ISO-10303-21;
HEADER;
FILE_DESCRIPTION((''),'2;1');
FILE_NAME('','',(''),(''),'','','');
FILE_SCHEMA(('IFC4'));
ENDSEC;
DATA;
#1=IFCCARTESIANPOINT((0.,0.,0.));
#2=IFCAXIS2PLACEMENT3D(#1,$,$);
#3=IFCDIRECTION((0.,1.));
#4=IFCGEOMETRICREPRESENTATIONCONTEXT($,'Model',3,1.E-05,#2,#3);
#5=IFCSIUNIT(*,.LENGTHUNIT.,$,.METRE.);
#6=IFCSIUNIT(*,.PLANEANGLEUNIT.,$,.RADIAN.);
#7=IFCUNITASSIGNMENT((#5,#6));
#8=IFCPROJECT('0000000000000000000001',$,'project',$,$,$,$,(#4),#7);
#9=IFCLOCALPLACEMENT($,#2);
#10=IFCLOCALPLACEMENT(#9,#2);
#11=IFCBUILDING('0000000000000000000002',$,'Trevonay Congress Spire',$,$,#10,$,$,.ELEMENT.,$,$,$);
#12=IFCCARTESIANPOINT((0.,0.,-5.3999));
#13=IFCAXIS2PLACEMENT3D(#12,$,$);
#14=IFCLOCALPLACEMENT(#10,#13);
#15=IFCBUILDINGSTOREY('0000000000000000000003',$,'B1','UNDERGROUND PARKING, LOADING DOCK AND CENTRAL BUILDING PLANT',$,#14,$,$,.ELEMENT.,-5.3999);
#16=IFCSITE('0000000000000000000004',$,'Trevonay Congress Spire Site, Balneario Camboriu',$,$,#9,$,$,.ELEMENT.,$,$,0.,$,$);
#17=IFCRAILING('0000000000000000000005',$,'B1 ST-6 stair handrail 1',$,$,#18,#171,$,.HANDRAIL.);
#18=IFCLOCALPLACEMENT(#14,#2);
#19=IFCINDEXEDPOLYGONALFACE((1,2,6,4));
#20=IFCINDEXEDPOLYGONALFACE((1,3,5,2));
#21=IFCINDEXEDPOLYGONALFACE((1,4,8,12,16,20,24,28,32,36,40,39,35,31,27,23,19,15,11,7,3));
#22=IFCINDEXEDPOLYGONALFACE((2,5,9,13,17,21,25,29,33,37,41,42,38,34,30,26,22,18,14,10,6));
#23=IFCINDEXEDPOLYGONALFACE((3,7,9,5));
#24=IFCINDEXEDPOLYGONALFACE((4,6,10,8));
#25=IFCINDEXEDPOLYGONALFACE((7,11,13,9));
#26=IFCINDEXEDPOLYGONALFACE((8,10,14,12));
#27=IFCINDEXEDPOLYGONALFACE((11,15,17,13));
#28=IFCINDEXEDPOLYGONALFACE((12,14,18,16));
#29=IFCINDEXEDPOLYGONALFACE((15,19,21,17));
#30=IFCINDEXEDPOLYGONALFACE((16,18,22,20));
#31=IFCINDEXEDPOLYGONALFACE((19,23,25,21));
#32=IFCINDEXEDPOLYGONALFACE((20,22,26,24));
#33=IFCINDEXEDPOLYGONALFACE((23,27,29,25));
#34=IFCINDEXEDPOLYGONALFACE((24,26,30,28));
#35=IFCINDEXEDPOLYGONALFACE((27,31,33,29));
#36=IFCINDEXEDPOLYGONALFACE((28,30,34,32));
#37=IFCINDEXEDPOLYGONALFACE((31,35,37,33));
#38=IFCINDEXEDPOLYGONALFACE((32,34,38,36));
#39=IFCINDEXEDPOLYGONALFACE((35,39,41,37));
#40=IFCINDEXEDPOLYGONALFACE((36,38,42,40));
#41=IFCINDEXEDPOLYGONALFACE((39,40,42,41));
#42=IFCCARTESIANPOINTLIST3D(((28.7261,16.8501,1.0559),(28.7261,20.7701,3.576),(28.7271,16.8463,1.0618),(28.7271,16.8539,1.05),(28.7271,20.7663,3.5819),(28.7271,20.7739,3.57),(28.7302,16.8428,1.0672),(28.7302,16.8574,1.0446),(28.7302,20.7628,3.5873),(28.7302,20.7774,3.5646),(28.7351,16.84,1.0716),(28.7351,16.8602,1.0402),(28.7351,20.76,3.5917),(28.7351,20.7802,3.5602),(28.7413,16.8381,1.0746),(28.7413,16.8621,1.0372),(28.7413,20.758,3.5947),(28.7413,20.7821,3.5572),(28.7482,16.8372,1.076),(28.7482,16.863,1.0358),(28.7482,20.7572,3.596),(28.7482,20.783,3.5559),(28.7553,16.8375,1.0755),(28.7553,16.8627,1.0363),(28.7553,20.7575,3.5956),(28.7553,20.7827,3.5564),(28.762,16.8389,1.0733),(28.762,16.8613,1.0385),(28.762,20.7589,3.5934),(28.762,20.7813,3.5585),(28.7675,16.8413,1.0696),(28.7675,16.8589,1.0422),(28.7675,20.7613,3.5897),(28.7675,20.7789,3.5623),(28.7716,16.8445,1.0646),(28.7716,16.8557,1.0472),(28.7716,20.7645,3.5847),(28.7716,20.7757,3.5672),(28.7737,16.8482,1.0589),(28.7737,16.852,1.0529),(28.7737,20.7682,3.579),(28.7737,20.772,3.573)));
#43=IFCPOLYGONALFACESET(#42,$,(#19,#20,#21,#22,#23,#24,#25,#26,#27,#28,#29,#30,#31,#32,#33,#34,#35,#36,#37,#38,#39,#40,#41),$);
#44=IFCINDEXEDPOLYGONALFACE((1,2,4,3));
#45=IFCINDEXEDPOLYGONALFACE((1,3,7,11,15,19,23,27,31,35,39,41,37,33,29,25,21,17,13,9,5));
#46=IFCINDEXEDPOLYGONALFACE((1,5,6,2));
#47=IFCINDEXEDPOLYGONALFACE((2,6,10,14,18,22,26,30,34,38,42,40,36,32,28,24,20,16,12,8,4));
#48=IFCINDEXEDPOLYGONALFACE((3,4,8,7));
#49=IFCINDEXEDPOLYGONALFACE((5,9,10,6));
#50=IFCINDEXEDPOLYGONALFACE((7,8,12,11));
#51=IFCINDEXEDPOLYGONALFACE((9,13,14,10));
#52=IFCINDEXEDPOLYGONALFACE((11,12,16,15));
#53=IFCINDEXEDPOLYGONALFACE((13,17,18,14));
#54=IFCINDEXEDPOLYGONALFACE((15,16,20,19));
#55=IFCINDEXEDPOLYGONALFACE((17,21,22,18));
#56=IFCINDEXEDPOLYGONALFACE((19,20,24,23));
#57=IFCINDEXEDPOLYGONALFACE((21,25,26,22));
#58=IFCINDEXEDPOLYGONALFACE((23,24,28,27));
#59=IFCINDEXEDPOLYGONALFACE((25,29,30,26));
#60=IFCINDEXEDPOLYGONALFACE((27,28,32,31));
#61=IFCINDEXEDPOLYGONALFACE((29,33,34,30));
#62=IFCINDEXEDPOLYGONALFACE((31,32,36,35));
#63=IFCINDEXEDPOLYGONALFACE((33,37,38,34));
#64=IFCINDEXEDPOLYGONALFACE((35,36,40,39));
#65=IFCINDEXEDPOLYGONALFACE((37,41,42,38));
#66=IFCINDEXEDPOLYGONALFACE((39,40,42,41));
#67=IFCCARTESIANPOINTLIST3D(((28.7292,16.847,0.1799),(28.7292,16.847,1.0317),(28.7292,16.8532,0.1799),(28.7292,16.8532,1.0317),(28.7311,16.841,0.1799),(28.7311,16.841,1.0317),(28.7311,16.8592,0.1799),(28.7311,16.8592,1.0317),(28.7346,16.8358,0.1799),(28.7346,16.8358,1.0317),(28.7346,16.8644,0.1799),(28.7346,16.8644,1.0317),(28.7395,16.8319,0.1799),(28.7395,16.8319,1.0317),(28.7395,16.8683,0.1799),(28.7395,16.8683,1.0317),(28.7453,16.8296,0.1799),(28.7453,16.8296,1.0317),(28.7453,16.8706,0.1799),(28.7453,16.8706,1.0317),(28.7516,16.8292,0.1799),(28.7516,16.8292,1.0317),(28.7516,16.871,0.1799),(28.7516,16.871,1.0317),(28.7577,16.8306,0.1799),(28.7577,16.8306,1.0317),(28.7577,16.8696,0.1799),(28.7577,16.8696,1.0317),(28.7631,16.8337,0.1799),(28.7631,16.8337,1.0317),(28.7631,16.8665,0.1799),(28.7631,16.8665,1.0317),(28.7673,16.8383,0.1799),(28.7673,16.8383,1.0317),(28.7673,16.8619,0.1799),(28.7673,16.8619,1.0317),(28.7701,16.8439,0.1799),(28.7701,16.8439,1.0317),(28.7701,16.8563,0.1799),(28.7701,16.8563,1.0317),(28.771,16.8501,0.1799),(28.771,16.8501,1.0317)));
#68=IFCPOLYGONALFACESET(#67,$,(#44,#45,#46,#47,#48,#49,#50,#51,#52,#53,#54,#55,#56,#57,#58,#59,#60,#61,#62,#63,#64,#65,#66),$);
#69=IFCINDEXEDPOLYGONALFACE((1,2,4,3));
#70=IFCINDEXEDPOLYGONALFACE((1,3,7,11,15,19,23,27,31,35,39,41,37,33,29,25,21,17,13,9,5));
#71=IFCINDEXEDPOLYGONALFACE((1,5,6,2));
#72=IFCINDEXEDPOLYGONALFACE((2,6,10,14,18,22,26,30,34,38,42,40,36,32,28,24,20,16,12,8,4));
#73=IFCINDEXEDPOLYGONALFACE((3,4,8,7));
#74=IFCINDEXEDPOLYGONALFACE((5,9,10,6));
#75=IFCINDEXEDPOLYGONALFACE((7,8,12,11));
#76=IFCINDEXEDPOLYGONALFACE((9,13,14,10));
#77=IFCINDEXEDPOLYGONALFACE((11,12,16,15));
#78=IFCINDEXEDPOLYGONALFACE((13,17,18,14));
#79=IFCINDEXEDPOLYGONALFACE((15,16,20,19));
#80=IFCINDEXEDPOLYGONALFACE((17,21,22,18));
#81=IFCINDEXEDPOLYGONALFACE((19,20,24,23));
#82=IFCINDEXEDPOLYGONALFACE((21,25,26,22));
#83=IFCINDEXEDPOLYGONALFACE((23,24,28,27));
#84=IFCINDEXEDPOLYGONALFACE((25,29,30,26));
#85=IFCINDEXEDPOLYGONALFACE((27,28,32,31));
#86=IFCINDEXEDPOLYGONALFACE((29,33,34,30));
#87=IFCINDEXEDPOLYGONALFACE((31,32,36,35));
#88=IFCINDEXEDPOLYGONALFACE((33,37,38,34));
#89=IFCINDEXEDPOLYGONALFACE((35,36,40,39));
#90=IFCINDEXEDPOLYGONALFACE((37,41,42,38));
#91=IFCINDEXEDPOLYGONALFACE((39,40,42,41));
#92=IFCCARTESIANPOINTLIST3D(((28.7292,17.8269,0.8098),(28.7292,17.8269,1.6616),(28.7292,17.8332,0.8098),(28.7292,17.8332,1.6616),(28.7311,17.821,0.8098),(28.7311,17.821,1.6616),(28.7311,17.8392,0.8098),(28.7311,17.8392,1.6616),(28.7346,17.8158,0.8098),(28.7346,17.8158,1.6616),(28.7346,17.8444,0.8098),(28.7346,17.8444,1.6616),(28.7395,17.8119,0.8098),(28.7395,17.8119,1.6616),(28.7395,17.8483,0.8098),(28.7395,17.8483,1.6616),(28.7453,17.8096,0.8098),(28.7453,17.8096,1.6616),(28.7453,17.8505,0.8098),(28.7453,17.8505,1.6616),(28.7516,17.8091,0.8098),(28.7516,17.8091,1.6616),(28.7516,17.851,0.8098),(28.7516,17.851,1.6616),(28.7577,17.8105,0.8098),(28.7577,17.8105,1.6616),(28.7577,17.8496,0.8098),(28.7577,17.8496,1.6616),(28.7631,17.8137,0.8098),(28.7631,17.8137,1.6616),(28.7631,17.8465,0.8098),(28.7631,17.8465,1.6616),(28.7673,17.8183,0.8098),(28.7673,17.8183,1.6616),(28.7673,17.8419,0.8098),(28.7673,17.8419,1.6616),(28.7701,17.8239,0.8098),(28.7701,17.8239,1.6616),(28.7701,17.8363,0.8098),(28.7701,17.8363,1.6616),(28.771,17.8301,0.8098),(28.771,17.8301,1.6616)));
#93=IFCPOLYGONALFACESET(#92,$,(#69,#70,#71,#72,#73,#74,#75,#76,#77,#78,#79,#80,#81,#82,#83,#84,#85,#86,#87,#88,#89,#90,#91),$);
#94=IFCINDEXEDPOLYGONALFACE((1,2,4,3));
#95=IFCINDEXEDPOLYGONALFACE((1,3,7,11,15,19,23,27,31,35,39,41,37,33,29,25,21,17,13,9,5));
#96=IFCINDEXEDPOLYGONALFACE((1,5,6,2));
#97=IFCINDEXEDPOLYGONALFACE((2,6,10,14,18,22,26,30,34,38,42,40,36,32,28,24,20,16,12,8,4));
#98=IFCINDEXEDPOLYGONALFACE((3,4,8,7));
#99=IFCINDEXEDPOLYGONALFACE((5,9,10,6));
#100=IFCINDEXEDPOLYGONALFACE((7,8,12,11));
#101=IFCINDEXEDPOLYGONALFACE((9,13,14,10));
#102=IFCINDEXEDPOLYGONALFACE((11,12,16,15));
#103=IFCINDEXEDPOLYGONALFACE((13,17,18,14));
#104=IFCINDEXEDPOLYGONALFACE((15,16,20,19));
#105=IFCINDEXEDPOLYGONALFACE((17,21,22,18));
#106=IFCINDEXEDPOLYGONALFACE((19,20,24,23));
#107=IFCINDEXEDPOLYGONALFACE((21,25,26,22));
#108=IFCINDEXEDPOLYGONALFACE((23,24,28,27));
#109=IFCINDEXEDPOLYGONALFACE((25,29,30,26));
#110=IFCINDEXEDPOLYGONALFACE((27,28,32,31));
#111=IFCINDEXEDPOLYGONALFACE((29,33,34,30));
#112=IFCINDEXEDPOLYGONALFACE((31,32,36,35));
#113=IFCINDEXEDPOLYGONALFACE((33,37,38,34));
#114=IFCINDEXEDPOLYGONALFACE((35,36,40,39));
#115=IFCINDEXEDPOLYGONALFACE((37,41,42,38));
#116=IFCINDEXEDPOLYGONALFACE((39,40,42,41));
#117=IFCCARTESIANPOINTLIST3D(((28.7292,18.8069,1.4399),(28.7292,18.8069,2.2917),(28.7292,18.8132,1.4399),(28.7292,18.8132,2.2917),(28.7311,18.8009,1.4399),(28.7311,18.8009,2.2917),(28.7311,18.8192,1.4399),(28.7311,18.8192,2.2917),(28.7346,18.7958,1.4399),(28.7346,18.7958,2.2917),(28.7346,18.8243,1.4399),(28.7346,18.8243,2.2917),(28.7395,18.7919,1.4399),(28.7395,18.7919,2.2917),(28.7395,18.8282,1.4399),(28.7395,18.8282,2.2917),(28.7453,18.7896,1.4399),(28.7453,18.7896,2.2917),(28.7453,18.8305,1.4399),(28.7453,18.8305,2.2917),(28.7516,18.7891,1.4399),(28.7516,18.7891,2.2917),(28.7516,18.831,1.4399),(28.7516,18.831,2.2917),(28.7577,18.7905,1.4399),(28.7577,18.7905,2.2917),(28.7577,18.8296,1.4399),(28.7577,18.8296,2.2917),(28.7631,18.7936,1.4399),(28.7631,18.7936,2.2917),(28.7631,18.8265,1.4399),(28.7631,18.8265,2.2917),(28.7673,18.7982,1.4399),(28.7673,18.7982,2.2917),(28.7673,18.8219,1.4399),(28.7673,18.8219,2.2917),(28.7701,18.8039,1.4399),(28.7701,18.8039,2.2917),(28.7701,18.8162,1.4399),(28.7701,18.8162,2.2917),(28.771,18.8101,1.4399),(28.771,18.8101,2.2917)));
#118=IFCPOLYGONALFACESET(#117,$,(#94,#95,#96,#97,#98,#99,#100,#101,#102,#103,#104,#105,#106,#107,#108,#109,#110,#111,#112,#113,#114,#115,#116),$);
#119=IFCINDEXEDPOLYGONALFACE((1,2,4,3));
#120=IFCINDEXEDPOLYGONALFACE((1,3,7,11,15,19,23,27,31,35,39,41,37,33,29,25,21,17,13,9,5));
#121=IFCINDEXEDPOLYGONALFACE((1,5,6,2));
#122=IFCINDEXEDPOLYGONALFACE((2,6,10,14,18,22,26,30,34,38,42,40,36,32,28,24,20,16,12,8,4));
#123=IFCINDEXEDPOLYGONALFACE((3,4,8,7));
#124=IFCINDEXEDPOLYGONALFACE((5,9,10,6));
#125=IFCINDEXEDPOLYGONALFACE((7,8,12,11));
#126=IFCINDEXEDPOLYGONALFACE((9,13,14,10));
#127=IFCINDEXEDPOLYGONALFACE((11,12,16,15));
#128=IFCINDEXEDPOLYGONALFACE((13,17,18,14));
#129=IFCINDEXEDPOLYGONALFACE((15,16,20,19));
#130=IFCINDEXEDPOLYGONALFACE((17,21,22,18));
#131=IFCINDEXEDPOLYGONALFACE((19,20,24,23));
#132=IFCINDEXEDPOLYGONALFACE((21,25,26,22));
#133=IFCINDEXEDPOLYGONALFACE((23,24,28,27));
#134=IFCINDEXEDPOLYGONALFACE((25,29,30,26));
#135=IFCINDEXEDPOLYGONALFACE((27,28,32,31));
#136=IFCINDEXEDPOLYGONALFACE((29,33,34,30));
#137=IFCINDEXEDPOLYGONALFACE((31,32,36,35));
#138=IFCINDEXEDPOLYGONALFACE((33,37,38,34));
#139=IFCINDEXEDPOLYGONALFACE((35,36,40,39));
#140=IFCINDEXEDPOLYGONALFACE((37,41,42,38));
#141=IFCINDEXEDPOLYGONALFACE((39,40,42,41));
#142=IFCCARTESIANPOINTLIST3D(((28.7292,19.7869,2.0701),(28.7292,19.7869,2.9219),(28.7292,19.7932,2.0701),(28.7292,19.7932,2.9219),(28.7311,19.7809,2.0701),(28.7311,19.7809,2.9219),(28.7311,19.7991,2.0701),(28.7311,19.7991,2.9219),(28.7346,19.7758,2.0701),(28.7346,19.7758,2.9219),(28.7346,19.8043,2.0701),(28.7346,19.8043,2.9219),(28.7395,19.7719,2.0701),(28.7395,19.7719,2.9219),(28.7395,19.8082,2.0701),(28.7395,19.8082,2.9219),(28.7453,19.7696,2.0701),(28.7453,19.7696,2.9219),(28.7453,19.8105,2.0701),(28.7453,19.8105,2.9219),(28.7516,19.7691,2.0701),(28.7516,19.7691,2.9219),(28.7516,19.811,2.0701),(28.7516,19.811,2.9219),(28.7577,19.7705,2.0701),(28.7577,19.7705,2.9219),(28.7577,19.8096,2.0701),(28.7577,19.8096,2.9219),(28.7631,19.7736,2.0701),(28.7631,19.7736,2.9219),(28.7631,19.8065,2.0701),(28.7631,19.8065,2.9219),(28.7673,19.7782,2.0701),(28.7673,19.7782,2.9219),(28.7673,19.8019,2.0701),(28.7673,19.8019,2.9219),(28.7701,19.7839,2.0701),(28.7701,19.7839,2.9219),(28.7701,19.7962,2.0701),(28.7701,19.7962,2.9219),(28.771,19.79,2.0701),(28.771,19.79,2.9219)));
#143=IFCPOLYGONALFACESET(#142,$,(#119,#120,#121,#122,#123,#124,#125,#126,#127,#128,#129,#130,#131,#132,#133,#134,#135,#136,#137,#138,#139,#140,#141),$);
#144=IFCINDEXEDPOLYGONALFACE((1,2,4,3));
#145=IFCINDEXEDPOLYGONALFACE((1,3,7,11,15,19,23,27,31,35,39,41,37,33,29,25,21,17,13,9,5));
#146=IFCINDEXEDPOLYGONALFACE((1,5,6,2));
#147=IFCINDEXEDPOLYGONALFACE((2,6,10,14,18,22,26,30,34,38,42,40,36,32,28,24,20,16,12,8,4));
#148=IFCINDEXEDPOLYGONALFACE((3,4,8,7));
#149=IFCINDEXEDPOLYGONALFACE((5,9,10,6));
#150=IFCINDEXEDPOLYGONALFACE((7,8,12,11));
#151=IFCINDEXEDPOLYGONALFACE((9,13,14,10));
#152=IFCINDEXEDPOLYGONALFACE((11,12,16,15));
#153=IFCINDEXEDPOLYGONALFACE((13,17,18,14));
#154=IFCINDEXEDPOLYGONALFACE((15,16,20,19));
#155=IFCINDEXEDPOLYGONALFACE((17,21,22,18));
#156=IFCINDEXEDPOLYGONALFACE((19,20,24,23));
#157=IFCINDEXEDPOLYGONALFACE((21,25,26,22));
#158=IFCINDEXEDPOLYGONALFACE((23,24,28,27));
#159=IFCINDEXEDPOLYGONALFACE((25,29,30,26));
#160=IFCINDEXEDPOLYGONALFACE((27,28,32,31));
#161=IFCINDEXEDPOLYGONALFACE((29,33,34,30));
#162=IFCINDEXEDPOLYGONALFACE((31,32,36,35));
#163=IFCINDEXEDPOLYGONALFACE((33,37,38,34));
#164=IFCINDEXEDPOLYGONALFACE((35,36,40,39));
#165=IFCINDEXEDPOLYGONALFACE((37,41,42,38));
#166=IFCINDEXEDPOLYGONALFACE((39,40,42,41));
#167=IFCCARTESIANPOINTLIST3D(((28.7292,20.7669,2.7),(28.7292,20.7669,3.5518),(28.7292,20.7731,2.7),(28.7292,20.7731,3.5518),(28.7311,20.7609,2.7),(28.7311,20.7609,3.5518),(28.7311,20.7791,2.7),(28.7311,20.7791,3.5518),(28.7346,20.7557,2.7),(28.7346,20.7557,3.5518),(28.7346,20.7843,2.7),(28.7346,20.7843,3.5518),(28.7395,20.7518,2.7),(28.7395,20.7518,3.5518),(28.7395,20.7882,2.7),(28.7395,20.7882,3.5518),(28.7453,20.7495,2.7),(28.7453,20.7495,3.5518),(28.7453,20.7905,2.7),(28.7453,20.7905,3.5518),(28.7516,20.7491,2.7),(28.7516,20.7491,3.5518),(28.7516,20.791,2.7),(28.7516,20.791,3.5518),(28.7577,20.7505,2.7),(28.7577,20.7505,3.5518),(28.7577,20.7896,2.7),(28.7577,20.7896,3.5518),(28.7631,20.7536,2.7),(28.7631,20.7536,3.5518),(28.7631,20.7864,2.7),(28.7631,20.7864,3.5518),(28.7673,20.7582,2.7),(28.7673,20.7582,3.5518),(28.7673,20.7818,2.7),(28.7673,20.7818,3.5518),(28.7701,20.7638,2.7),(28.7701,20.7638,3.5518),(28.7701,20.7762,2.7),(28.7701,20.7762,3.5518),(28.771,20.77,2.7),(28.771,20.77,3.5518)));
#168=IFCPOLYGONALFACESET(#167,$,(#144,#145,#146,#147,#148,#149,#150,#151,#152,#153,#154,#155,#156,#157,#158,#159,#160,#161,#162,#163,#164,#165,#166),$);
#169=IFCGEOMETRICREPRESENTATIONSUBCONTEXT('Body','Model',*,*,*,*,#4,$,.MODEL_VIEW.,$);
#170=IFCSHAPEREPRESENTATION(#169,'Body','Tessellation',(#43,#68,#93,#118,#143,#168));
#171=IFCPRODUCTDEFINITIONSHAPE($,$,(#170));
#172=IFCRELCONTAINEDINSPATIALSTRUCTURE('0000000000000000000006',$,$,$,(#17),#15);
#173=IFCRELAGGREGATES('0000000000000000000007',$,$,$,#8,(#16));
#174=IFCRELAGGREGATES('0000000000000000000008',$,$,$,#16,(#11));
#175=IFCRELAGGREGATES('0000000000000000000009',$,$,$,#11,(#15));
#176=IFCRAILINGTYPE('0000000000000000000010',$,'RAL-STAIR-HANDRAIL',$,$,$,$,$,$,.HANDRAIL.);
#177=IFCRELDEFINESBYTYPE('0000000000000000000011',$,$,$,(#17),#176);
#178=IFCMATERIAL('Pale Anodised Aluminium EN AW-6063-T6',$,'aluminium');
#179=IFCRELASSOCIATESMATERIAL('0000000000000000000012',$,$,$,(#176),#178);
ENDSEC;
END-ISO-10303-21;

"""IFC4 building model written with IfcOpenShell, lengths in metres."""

from ifc_helpers import new_model, si_unit, direction, frame, origin, origin_2d, place, context, subcontext, project, spatial, circle, extrude, material, type_object, element, save


model = new_model("IFC4")

# Units and contexts
model_context = context("Model", 3, precision=1e-05, world=origin(), true_north=direction((0.0, 1.0)))
body_context = subcontext(model_context, "Body", "Model", "MODEL_VIEW")
ifc_project = project(units=[si_unit("LENGTHUNIT", "METRE"), si_unit("PLANEANGLEUNIT", "RADIAN")], contexts=[model_context])

# Site, building, storey
site_placement = place(None, origin())
site = spatial("IfcSite", under=ifc_project, at=site_placement, Name="Trevonay Congress Spire Site, Balneario Camboriu", CompositionType="ELEMENT", RefElevation=0.0)
building_placement = place(site_placement, origin())
building = spatial("IfcBuilding", under=site, at=building_placement, Name="Trevonay Congress Spire", CompositionType="ELEMENT")
storey_placement = place(building_placement, frame((0.0, 0.0, -5.3999)))
storey = spatial("IfcBuildingStorey", under=building, at=storey_placement, Name="B1", Description="UNDERGROUND PARKING, LOADING DOCK AND CENTRAL BUILDING PLANT", CompositionType="ELEMENT", Elevation=-5.3999)

# Railing
ifc_material_1 = material(Name="Pale Anodised Aluminium EN AW-6063-T6", Category="aluminium")
railing_type_1 = type_object("IfcRailingType", Name="RAL-STAIR-HANDRAIL", PredefinedType="HANDRAIL", material=ifc_material_1)
railing_1_placement = place(storey_placement, frame((28.75, 16.8501, 0.1799)))
element("IfcRailing", 1, at=railing_1_placement, inside=storey, type_object=railing_type_1, Name="B1 ST-6 stair handrail 1", PredefinedType="HANDRAIL", context=body_context, shape_type="SweptSolid", body=[
    extrude(circle(Radius=0.0239, at=origin_2d()), frame((0.0, 0.0, 0.876), z_axis=(0.0, 0.841172, 0.540768), x_axis=(-1.0, 0.0, 0.0)), (0.0, 0.0, 1.0), 4.6602),
    extrude(circle(Radius=0.021, at=origin_2d()), origin(), (0.0, 0.0, 1.0), 0.8518),
    extrude(circle(Radius=0.021, at=origin_2d()), frame((0.0, 0.98, 0.6299)), (0.0, 0.0, 1.0), 0.8518),
    extrude(circle(Radius=0.021, at=origin_2d()), frame((0.0, 1.96, 1.26)), (0.0, 0.0, 1.0), 0.8518),
    extrude(circle(Radius=0.021, at=origin_2d()), frame((0.0, 2.9399, 1.8901)), (0.0, 0.0, 1.0), 0.8518),
    extrude(circle(Radius=0.021, at=origin_2d()), frame((0.0, 3.9199, 2.52)), (0.0, 0.0, 1.0), 0.8518),
])

save(model, "model.ifc")
